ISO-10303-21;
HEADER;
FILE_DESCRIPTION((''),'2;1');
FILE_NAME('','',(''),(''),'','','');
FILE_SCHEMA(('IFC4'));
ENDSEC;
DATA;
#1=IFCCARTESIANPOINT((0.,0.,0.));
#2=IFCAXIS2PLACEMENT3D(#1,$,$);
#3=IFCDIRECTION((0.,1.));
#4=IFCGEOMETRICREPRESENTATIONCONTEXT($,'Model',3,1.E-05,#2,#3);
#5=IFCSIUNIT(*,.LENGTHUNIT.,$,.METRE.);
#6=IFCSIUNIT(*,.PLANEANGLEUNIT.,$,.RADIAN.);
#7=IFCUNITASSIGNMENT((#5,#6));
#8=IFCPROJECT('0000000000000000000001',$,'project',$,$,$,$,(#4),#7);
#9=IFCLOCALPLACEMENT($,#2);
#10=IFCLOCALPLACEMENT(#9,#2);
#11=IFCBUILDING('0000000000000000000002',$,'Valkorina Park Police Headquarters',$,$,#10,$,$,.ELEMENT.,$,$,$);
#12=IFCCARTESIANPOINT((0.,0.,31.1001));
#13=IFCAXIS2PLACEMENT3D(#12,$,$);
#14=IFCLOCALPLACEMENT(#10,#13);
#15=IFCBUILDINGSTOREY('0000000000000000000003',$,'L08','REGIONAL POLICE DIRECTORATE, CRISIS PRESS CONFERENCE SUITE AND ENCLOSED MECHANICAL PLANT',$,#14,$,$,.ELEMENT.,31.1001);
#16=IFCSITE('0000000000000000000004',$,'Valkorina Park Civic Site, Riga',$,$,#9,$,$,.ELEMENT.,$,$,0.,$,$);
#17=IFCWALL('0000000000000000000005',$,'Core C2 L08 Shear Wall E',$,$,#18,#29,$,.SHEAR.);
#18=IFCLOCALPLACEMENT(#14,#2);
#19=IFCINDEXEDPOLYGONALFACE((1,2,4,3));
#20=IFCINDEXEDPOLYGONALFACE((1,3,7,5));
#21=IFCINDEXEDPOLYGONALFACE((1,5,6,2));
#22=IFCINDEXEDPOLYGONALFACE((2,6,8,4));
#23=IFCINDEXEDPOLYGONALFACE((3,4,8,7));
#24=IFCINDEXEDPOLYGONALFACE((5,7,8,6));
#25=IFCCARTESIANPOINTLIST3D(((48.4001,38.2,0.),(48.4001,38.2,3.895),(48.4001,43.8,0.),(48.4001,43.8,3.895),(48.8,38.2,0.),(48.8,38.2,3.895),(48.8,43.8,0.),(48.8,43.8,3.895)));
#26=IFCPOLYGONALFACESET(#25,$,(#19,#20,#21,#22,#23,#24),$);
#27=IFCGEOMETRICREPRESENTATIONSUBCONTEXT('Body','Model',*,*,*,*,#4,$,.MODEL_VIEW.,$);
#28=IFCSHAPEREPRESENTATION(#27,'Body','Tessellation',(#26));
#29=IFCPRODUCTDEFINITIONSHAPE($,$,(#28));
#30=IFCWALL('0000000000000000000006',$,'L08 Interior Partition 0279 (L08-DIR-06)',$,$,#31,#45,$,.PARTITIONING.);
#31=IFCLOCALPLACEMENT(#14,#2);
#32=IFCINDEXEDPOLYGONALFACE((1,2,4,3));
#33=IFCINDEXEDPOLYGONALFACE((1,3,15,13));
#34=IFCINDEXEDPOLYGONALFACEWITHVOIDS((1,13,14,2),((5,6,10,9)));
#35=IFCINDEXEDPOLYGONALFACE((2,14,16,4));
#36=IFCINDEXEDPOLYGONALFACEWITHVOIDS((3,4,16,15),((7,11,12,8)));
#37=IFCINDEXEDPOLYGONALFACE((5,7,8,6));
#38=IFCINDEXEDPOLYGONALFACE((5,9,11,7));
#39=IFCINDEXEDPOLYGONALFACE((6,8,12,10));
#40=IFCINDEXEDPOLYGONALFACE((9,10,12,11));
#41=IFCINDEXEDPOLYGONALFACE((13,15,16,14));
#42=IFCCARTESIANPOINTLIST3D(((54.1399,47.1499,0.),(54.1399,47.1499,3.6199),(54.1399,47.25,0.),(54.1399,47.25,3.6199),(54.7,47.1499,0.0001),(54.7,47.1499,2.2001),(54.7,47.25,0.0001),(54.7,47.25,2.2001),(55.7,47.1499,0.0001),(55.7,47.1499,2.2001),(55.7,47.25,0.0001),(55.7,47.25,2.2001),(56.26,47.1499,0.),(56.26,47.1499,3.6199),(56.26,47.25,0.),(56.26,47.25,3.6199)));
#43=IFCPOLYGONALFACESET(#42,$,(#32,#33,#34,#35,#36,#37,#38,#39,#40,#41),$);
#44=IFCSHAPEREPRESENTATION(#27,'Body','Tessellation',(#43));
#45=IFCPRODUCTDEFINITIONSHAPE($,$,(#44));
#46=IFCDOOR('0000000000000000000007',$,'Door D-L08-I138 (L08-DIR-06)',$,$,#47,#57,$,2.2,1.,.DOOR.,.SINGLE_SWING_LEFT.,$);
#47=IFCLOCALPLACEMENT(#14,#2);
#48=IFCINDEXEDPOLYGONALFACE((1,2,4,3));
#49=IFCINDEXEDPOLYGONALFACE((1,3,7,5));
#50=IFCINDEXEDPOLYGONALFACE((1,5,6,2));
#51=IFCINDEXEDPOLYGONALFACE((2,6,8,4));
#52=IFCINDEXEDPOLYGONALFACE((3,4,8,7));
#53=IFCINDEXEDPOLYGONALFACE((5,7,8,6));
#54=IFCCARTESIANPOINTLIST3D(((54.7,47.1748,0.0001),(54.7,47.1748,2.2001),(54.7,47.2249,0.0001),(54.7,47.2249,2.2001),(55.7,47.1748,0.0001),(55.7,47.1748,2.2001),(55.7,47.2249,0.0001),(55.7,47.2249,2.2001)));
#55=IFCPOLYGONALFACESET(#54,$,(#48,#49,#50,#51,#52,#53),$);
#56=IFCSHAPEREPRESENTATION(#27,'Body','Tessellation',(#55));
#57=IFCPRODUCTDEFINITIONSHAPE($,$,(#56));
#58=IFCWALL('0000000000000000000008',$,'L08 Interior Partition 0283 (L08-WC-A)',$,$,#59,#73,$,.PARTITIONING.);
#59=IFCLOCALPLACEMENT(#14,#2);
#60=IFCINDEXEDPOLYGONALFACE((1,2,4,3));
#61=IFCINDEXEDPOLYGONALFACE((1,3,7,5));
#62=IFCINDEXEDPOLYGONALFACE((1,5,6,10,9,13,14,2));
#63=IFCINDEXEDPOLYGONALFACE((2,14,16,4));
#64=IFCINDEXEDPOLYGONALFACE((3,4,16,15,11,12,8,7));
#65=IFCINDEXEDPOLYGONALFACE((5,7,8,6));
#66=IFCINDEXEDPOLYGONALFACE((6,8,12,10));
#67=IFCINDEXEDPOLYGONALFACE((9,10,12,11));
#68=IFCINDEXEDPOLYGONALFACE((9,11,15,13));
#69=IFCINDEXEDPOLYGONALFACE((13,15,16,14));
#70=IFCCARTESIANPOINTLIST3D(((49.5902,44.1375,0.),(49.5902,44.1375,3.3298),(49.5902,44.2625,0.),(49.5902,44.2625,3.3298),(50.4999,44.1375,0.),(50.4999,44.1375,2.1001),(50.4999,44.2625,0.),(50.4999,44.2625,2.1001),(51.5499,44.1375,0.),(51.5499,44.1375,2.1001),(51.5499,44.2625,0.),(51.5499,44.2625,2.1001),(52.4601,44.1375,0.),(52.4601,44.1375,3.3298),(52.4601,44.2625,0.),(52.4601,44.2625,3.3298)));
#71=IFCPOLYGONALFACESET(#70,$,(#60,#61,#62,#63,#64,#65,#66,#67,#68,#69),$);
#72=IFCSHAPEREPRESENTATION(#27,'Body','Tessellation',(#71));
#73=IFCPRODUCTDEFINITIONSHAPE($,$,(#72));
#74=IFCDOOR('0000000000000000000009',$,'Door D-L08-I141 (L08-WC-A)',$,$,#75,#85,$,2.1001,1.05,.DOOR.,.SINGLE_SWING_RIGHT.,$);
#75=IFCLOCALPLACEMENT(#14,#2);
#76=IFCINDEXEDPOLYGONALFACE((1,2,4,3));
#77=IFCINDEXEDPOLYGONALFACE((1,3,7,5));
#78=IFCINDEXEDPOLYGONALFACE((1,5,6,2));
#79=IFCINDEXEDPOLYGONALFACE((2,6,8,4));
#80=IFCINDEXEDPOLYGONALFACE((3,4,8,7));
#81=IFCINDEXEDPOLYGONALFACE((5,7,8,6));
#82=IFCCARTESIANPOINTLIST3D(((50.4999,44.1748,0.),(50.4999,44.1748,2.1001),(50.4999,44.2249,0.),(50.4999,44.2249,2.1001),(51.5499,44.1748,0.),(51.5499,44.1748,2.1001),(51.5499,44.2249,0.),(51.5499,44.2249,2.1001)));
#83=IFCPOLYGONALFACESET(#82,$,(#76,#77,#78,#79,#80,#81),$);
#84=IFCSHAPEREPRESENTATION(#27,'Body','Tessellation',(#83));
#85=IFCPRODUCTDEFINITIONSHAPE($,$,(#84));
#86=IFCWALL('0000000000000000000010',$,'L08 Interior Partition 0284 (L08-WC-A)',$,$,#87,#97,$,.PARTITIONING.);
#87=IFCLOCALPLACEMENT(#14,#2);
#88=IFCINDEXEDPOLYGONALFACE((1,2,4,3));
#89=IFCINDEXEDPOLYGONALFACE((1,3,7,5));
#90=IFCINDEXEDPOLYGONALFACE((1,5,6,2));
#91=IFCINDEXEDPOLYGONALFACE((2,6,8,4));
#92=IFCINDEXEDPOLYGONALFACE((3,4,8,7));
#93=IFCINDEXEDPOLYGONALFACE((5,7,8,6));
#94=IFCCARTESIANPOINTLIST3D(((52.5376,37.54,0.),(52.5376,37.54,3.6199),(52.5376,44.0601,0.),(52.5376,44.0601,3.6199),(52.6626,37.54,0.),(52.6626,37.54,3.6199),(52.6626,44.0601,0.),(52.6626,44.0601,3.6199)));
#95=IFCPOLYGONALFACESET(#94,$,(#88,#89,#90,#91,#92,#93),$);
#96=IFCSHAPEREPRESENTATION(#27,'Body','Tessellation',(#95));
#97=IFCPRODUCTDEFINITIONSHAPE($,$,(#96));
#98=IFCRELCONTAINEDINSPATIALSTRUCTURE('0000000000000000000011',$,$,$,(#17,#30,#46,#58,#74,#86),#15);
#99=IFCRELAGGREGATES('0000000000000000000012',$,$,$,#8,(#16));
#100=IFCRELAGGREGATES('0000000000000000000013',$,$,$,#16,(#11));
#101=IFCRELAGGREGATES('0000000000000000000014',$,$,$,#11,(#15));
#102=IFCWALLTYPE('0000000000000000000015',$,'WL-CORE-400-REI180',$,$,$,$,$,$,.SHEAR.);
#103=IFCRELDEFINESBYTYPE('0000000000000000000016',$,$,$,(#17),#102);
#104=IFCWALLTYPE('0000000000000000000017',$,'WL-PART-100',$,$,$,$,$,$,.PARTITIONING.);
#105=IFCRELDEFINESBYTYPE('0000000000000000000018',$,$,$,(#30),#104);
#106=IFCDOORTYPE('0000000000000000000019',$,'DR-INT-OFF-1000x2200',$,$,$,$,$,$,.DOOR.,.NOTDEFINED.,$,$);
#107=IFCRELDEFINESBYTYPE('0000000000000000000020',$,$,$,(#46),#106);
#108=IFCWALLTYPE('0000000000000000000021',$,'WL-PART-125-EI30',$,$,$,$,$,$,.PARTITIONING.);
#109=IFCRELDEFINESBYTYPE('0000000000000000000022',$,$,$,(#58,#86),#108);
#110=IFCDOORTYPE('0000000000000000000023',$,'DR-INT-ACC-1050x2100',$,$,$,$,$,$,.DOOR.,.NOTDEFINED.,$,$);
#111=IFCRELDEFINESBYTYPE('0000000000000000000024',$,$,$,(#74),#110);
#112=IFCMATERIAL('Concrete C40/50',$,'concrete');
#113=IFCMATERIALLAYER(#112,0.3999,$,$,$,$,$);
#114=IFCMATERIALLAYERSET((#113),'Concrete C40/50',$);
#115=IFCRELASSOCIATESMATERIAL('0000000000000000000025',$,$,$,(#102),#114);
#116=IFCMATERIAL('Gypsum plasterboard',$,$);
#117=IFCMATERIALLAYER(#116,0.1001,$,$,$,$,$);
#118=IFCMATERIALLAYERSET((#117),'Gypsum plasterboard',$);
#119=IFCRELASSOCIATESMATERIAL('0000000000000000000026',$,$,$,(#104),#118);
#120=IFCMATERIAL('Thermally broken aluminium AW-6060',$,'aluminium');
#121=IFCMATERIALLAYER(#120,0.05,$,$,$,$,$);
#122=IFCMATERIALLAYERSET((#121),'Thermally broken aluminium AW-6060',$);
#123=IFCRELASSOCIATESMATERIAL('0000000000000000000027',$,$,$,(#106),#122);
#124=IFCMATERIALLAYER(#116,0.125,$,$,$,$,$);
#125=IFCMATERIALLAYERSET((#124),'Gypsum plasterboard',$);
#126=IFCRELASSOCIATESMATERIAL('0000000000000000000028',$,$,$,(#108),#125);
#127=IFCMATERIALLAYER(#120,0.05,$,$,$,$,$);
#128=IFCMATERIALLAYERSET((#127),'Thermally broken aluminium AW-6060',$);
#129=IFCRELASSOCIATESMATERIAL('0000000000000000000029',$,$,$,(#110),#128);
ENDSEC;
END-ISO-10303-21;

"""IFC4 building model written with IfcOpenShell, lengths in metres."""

from ifc_helpers import new_model, si_unit, direction, frame, frame_2d, origin, place, context, subcontext, project, spatial, rectangle, extrude, material, layer, layer_set, type_object, element, fill, save


model = new_model("IFC4")

# Units and contexts
model_context = context("Model", 3, precision=1e-05, world=origin(), true_north=direction((0.0, 1.0)))
body_context = subcontext(model_context, "Body", "Model", "MODEL_VIEW")
ifc_project = project(units=[si_unit("LENGTHUNIT", "METRE"), si_unit("PLANEANGLEUNIT", "RADIAN")], contexts=[model_context])

# Site, building, storey
site_placement = place(None, origin())
site = spatial("IfcSite", under=ifc_project, at=site_placement, Name="Valkorina Park Civic Site, Riga", CompositionType="ELEMENT", RefElevation=0.0)
building_placement = place(site_placement, origin())
building = spatial("IfcBuilding", under=site, at=building_placement, Name="Valkorina Park Police Headquarters", CompositionType="ELEMENT")
storey_placement = place(building_placement, frame((0.0, 0.0, 31.1001)))
storey = spatial("IfcBuildingStorey", under=building, at=storey_placement, Name="L08", Description="REGIONAL POLICE DIRECTORATE, CRISIS PRESS CONFERENCE SUITE AND ENCLOSED MECHANICAL PLANT", CompositionType="ELEMENT", Elevation=31.1001)

# Shared definitions
ifc_material_1 = material(Name="Thermally broken aluminium AW-6060", Category="aluminium")

# Wall
ifc_material_2 = material(Name="Concrete C40/50", Category="concrete")
ifc_layer_1 = layer(ifc_material_2, 0.3999)
ifc_layer_set_1 = layer_set([ifc_layer_1], Name="Concrete C40/50")
wall_type_1 = type_object("IfcWallType", Name="WL-CORE-400-REI180", PredefinedType="SHEAR", material=ifc_layer_set_1)
wall_1_placement = place(storey_placement, frame((48.6001, 38.2, 0.0), z_axis=(0.0, 0.0, 1.0), x_axis=(0.0, 1.0, 0.0)))
element("IfcWall", 1, at=wall_1_placement, inside=storey, type_object=wall_type_1, Name="Core C2 L08 Shear Wall E", PredefinedType="SHEAR", context=body_context, shape_type="SweptSolid", body=[
    extrude(rectangle(XDim=5.6001, YDim=0.3999, at=frame_2d((2.8, 0.0))), origin(), (0.0, 0.0, 1.0), 3.895),
])

# Walls, openings, doors
ifc_material_3 = material(Name="Gypsum plasterboard")
ifc_layer_2 = layer(ifc_material_3, 0.1001)
ifc_layer_set_2 = layer_set([ifc_layer_2], Name="Gypsum plasterboard")
wall_type_2 = type_object("IfcWallType", Name="WL-PART-100", PredefinedType="PARTITIONING", material=ifc_layer_set_2)
wall_2_placement = place(storey_placement, frame((54.1399, 47.2, 0.0), z_axis=(0.0, 0.0, 1.0), x_axis=(1.0, 0.0, 0.0)))
wall_2 = element("IfcWall", 2, at=wall_2_placement, inside=storey, type_object=wall_type_2, Name="L08 Interior Partition 0279 (L08-DIR-06)", PredefinedType="PARTITIONING", context=body_context, shape_type="SweptSolid", body=[
    extrude(rectangle(XDim=2.1201, YDim=0.1001, at=frame_2d((1.0601, 0.0))), origin(), (0.0, 0.0, 1.0), 3.6199),
])
opening_1_placement = place(wall_2_placement, frame((0.5601, 0.0, 0.0)))
opening_1 = element("IfcOpeningElement", 3, at=opening_1_placement, cuts=wall_2, PredefinedType="OPENING", context=body_context, shape_type="SweptSolid", body=[
    extrude(rectangle(XDim=1.0, YDim=2.2, at=frame_2d((0.5, 1.1001))), frame((0.0, 0.0601, 0.0), z_axis=(0.0, -1.0, 0.0), x_axis=(1.0, 0.0, 0.0)), (0.0, 0.0, 1.0), 0.1201),
])
ifc_layer_3 = layer(ifc_material_1, 0.05)
ifc_layer_set_3 = layer_set([ifc_layer_3], Name="Thermally broken aluminium AW-6060")
door_type_1 = type_object("IfcDoorType", Name="DR-INT-OFF-1000x2200", OperationType="NOTDEFINED", PredefinedType="DOOR", material=ifc_layer_set_3)
door_1_placement = place(opening_1_placement, origin())
door_1 = element("IfcDoor", 4, at=door_1_placement, inside=storey, type_object=door_type_1, Name="Door D-L08-I138 (L08-DIR-06)", OperationType="SINGLE_SWING_LEFT", OverallHeight=2.2, OverallWidth=1.0, PredefinedType="DOOR", context=body_context, shape_type="SweptSolid", body=[
    extrude(rectangle(XDim=1.0, YDim=2.2, at=frame_2d((0.5, 1.1001))), frame((0.0, 0.0249, 0.0), z_axis=(0.0, -1.0, 0.0), x_axis=(1.0, 0.0, 0.0)), (0.0, 0.0, 1.0), 0.05),
])
fill(opening_1, door_1)
ifc_layer_4 = layer(ifc_material_3, 0.125)
ifc_layer_set_4 = layer_set([ifc_layer_4], Name="Gypsum plasterboard")
wall_type_3 = type_object("IfcWallType", Name="WL-PART-125-EI30", PredefinedType="PARTITIONING", material=ifc_layer_set_4)
wall_3_placement = place(storey_placement, frame((49.5901, 44.2, 0.0), z_axis=(0.0, 0.0, 1.0), x_axis=(1.0, 0.0, 0.0)))
wall_3 = element("IfcWall", 5, at=wall_3_placement, inside=storey, type_object=wall_type_3, Name="L08 Interior Partition 0283 (L08-WC-A)", PredefinedType="PARTITIONING", context=body_context, shape_type="SweptSolid", body=[
    extrude(rectangle(XDim=2.8699, YDim=0.125, at=frame_2d((1.4351, 0.0))), origin(), (0.0, 0.0, 1.0), 3.3298),
])
opening_2_placement = place(wall_3_placement, frame((0.9099, 0.0, 0.0)))
opening_2 = element("IfcOpeningElement", 6, at=opening_2_placement, cuts=wall_3, PredefinedType="OPENING", context=body_context, shape_type="SweptSolid", body=[
    extrude(rectangle(XDim=1.05, YDim=2.1001, at=frame_2d((0.5249, 1.05))), frame((0.0, 0.0725, 0.0), z_axis=(0.0, -1.0, 0.0), x_axis=(1.0, 0.0, 0.0)), (0.0, 0.0, 1.0), 0.145),
])
ifc_layer_5 = layer(ifc_material_1, 0.05)
ifc_layer_set_5 = layer_set([ifc_layer_5], Name="Thermally broken aluminium AW-6060")
door_type_2 = type_object("IfcDoorType", Name="DR-INT-ACC-1050x2100", OperationType="NOTDEFINED", PredefinedType="DOOR", material=ifc_layer_set_5)
door_2_placement = place(opening_2_placement, origin())
door_2 = element("IfcDoor", 7, at=door_2_placement, inside=storey, type_object=door_type_2, Name="Door D-L08-I141 (L08-WC-A)", OperationType="SINGLE_SWING_RIGHT", OverallHeight=2.1001, OverallWidth=1.05, PredefinedType="DOOR", context=body_context, shape_type="SweptSolid", body=[
    extrude(rectangle(XDim=1.05, YDim=2.1001, at=frame_2d((0.5249, 1.05))), frame((0.0, 0.0249, 0.0), z_axis=(0.0, -1.0, 0.0), x_axis=(1.0, 0.0, 0.0)), (0.0, 0.0, 1.0), 0.05),
])
fill(opening_2, door_2)

# Wall
wall_4_placement = place(storey_placement, frame((52.6001, 37.54, 0.0), z_axis=(0.0, 0.0, 1.0), x_axis=(0.0, 1.0, 0.0)))
element("IfcWall", 8, at=wall_4_placement, inside=storey, type_object=wall_type_3, Name="L08 Interior Partition 0284 (L08-WC-A)", PredefinedType="PARTITIONING", context=body_context, shape_type="SweptSolid", body=[
    extrude(rectangle(XDim=6.52, YDim=0.125, at=frame_2d((3.26, 0.0))), origin(), (0.0, 0.0, 1.0), 3.6199),
])

save(model, "model.ifc")
